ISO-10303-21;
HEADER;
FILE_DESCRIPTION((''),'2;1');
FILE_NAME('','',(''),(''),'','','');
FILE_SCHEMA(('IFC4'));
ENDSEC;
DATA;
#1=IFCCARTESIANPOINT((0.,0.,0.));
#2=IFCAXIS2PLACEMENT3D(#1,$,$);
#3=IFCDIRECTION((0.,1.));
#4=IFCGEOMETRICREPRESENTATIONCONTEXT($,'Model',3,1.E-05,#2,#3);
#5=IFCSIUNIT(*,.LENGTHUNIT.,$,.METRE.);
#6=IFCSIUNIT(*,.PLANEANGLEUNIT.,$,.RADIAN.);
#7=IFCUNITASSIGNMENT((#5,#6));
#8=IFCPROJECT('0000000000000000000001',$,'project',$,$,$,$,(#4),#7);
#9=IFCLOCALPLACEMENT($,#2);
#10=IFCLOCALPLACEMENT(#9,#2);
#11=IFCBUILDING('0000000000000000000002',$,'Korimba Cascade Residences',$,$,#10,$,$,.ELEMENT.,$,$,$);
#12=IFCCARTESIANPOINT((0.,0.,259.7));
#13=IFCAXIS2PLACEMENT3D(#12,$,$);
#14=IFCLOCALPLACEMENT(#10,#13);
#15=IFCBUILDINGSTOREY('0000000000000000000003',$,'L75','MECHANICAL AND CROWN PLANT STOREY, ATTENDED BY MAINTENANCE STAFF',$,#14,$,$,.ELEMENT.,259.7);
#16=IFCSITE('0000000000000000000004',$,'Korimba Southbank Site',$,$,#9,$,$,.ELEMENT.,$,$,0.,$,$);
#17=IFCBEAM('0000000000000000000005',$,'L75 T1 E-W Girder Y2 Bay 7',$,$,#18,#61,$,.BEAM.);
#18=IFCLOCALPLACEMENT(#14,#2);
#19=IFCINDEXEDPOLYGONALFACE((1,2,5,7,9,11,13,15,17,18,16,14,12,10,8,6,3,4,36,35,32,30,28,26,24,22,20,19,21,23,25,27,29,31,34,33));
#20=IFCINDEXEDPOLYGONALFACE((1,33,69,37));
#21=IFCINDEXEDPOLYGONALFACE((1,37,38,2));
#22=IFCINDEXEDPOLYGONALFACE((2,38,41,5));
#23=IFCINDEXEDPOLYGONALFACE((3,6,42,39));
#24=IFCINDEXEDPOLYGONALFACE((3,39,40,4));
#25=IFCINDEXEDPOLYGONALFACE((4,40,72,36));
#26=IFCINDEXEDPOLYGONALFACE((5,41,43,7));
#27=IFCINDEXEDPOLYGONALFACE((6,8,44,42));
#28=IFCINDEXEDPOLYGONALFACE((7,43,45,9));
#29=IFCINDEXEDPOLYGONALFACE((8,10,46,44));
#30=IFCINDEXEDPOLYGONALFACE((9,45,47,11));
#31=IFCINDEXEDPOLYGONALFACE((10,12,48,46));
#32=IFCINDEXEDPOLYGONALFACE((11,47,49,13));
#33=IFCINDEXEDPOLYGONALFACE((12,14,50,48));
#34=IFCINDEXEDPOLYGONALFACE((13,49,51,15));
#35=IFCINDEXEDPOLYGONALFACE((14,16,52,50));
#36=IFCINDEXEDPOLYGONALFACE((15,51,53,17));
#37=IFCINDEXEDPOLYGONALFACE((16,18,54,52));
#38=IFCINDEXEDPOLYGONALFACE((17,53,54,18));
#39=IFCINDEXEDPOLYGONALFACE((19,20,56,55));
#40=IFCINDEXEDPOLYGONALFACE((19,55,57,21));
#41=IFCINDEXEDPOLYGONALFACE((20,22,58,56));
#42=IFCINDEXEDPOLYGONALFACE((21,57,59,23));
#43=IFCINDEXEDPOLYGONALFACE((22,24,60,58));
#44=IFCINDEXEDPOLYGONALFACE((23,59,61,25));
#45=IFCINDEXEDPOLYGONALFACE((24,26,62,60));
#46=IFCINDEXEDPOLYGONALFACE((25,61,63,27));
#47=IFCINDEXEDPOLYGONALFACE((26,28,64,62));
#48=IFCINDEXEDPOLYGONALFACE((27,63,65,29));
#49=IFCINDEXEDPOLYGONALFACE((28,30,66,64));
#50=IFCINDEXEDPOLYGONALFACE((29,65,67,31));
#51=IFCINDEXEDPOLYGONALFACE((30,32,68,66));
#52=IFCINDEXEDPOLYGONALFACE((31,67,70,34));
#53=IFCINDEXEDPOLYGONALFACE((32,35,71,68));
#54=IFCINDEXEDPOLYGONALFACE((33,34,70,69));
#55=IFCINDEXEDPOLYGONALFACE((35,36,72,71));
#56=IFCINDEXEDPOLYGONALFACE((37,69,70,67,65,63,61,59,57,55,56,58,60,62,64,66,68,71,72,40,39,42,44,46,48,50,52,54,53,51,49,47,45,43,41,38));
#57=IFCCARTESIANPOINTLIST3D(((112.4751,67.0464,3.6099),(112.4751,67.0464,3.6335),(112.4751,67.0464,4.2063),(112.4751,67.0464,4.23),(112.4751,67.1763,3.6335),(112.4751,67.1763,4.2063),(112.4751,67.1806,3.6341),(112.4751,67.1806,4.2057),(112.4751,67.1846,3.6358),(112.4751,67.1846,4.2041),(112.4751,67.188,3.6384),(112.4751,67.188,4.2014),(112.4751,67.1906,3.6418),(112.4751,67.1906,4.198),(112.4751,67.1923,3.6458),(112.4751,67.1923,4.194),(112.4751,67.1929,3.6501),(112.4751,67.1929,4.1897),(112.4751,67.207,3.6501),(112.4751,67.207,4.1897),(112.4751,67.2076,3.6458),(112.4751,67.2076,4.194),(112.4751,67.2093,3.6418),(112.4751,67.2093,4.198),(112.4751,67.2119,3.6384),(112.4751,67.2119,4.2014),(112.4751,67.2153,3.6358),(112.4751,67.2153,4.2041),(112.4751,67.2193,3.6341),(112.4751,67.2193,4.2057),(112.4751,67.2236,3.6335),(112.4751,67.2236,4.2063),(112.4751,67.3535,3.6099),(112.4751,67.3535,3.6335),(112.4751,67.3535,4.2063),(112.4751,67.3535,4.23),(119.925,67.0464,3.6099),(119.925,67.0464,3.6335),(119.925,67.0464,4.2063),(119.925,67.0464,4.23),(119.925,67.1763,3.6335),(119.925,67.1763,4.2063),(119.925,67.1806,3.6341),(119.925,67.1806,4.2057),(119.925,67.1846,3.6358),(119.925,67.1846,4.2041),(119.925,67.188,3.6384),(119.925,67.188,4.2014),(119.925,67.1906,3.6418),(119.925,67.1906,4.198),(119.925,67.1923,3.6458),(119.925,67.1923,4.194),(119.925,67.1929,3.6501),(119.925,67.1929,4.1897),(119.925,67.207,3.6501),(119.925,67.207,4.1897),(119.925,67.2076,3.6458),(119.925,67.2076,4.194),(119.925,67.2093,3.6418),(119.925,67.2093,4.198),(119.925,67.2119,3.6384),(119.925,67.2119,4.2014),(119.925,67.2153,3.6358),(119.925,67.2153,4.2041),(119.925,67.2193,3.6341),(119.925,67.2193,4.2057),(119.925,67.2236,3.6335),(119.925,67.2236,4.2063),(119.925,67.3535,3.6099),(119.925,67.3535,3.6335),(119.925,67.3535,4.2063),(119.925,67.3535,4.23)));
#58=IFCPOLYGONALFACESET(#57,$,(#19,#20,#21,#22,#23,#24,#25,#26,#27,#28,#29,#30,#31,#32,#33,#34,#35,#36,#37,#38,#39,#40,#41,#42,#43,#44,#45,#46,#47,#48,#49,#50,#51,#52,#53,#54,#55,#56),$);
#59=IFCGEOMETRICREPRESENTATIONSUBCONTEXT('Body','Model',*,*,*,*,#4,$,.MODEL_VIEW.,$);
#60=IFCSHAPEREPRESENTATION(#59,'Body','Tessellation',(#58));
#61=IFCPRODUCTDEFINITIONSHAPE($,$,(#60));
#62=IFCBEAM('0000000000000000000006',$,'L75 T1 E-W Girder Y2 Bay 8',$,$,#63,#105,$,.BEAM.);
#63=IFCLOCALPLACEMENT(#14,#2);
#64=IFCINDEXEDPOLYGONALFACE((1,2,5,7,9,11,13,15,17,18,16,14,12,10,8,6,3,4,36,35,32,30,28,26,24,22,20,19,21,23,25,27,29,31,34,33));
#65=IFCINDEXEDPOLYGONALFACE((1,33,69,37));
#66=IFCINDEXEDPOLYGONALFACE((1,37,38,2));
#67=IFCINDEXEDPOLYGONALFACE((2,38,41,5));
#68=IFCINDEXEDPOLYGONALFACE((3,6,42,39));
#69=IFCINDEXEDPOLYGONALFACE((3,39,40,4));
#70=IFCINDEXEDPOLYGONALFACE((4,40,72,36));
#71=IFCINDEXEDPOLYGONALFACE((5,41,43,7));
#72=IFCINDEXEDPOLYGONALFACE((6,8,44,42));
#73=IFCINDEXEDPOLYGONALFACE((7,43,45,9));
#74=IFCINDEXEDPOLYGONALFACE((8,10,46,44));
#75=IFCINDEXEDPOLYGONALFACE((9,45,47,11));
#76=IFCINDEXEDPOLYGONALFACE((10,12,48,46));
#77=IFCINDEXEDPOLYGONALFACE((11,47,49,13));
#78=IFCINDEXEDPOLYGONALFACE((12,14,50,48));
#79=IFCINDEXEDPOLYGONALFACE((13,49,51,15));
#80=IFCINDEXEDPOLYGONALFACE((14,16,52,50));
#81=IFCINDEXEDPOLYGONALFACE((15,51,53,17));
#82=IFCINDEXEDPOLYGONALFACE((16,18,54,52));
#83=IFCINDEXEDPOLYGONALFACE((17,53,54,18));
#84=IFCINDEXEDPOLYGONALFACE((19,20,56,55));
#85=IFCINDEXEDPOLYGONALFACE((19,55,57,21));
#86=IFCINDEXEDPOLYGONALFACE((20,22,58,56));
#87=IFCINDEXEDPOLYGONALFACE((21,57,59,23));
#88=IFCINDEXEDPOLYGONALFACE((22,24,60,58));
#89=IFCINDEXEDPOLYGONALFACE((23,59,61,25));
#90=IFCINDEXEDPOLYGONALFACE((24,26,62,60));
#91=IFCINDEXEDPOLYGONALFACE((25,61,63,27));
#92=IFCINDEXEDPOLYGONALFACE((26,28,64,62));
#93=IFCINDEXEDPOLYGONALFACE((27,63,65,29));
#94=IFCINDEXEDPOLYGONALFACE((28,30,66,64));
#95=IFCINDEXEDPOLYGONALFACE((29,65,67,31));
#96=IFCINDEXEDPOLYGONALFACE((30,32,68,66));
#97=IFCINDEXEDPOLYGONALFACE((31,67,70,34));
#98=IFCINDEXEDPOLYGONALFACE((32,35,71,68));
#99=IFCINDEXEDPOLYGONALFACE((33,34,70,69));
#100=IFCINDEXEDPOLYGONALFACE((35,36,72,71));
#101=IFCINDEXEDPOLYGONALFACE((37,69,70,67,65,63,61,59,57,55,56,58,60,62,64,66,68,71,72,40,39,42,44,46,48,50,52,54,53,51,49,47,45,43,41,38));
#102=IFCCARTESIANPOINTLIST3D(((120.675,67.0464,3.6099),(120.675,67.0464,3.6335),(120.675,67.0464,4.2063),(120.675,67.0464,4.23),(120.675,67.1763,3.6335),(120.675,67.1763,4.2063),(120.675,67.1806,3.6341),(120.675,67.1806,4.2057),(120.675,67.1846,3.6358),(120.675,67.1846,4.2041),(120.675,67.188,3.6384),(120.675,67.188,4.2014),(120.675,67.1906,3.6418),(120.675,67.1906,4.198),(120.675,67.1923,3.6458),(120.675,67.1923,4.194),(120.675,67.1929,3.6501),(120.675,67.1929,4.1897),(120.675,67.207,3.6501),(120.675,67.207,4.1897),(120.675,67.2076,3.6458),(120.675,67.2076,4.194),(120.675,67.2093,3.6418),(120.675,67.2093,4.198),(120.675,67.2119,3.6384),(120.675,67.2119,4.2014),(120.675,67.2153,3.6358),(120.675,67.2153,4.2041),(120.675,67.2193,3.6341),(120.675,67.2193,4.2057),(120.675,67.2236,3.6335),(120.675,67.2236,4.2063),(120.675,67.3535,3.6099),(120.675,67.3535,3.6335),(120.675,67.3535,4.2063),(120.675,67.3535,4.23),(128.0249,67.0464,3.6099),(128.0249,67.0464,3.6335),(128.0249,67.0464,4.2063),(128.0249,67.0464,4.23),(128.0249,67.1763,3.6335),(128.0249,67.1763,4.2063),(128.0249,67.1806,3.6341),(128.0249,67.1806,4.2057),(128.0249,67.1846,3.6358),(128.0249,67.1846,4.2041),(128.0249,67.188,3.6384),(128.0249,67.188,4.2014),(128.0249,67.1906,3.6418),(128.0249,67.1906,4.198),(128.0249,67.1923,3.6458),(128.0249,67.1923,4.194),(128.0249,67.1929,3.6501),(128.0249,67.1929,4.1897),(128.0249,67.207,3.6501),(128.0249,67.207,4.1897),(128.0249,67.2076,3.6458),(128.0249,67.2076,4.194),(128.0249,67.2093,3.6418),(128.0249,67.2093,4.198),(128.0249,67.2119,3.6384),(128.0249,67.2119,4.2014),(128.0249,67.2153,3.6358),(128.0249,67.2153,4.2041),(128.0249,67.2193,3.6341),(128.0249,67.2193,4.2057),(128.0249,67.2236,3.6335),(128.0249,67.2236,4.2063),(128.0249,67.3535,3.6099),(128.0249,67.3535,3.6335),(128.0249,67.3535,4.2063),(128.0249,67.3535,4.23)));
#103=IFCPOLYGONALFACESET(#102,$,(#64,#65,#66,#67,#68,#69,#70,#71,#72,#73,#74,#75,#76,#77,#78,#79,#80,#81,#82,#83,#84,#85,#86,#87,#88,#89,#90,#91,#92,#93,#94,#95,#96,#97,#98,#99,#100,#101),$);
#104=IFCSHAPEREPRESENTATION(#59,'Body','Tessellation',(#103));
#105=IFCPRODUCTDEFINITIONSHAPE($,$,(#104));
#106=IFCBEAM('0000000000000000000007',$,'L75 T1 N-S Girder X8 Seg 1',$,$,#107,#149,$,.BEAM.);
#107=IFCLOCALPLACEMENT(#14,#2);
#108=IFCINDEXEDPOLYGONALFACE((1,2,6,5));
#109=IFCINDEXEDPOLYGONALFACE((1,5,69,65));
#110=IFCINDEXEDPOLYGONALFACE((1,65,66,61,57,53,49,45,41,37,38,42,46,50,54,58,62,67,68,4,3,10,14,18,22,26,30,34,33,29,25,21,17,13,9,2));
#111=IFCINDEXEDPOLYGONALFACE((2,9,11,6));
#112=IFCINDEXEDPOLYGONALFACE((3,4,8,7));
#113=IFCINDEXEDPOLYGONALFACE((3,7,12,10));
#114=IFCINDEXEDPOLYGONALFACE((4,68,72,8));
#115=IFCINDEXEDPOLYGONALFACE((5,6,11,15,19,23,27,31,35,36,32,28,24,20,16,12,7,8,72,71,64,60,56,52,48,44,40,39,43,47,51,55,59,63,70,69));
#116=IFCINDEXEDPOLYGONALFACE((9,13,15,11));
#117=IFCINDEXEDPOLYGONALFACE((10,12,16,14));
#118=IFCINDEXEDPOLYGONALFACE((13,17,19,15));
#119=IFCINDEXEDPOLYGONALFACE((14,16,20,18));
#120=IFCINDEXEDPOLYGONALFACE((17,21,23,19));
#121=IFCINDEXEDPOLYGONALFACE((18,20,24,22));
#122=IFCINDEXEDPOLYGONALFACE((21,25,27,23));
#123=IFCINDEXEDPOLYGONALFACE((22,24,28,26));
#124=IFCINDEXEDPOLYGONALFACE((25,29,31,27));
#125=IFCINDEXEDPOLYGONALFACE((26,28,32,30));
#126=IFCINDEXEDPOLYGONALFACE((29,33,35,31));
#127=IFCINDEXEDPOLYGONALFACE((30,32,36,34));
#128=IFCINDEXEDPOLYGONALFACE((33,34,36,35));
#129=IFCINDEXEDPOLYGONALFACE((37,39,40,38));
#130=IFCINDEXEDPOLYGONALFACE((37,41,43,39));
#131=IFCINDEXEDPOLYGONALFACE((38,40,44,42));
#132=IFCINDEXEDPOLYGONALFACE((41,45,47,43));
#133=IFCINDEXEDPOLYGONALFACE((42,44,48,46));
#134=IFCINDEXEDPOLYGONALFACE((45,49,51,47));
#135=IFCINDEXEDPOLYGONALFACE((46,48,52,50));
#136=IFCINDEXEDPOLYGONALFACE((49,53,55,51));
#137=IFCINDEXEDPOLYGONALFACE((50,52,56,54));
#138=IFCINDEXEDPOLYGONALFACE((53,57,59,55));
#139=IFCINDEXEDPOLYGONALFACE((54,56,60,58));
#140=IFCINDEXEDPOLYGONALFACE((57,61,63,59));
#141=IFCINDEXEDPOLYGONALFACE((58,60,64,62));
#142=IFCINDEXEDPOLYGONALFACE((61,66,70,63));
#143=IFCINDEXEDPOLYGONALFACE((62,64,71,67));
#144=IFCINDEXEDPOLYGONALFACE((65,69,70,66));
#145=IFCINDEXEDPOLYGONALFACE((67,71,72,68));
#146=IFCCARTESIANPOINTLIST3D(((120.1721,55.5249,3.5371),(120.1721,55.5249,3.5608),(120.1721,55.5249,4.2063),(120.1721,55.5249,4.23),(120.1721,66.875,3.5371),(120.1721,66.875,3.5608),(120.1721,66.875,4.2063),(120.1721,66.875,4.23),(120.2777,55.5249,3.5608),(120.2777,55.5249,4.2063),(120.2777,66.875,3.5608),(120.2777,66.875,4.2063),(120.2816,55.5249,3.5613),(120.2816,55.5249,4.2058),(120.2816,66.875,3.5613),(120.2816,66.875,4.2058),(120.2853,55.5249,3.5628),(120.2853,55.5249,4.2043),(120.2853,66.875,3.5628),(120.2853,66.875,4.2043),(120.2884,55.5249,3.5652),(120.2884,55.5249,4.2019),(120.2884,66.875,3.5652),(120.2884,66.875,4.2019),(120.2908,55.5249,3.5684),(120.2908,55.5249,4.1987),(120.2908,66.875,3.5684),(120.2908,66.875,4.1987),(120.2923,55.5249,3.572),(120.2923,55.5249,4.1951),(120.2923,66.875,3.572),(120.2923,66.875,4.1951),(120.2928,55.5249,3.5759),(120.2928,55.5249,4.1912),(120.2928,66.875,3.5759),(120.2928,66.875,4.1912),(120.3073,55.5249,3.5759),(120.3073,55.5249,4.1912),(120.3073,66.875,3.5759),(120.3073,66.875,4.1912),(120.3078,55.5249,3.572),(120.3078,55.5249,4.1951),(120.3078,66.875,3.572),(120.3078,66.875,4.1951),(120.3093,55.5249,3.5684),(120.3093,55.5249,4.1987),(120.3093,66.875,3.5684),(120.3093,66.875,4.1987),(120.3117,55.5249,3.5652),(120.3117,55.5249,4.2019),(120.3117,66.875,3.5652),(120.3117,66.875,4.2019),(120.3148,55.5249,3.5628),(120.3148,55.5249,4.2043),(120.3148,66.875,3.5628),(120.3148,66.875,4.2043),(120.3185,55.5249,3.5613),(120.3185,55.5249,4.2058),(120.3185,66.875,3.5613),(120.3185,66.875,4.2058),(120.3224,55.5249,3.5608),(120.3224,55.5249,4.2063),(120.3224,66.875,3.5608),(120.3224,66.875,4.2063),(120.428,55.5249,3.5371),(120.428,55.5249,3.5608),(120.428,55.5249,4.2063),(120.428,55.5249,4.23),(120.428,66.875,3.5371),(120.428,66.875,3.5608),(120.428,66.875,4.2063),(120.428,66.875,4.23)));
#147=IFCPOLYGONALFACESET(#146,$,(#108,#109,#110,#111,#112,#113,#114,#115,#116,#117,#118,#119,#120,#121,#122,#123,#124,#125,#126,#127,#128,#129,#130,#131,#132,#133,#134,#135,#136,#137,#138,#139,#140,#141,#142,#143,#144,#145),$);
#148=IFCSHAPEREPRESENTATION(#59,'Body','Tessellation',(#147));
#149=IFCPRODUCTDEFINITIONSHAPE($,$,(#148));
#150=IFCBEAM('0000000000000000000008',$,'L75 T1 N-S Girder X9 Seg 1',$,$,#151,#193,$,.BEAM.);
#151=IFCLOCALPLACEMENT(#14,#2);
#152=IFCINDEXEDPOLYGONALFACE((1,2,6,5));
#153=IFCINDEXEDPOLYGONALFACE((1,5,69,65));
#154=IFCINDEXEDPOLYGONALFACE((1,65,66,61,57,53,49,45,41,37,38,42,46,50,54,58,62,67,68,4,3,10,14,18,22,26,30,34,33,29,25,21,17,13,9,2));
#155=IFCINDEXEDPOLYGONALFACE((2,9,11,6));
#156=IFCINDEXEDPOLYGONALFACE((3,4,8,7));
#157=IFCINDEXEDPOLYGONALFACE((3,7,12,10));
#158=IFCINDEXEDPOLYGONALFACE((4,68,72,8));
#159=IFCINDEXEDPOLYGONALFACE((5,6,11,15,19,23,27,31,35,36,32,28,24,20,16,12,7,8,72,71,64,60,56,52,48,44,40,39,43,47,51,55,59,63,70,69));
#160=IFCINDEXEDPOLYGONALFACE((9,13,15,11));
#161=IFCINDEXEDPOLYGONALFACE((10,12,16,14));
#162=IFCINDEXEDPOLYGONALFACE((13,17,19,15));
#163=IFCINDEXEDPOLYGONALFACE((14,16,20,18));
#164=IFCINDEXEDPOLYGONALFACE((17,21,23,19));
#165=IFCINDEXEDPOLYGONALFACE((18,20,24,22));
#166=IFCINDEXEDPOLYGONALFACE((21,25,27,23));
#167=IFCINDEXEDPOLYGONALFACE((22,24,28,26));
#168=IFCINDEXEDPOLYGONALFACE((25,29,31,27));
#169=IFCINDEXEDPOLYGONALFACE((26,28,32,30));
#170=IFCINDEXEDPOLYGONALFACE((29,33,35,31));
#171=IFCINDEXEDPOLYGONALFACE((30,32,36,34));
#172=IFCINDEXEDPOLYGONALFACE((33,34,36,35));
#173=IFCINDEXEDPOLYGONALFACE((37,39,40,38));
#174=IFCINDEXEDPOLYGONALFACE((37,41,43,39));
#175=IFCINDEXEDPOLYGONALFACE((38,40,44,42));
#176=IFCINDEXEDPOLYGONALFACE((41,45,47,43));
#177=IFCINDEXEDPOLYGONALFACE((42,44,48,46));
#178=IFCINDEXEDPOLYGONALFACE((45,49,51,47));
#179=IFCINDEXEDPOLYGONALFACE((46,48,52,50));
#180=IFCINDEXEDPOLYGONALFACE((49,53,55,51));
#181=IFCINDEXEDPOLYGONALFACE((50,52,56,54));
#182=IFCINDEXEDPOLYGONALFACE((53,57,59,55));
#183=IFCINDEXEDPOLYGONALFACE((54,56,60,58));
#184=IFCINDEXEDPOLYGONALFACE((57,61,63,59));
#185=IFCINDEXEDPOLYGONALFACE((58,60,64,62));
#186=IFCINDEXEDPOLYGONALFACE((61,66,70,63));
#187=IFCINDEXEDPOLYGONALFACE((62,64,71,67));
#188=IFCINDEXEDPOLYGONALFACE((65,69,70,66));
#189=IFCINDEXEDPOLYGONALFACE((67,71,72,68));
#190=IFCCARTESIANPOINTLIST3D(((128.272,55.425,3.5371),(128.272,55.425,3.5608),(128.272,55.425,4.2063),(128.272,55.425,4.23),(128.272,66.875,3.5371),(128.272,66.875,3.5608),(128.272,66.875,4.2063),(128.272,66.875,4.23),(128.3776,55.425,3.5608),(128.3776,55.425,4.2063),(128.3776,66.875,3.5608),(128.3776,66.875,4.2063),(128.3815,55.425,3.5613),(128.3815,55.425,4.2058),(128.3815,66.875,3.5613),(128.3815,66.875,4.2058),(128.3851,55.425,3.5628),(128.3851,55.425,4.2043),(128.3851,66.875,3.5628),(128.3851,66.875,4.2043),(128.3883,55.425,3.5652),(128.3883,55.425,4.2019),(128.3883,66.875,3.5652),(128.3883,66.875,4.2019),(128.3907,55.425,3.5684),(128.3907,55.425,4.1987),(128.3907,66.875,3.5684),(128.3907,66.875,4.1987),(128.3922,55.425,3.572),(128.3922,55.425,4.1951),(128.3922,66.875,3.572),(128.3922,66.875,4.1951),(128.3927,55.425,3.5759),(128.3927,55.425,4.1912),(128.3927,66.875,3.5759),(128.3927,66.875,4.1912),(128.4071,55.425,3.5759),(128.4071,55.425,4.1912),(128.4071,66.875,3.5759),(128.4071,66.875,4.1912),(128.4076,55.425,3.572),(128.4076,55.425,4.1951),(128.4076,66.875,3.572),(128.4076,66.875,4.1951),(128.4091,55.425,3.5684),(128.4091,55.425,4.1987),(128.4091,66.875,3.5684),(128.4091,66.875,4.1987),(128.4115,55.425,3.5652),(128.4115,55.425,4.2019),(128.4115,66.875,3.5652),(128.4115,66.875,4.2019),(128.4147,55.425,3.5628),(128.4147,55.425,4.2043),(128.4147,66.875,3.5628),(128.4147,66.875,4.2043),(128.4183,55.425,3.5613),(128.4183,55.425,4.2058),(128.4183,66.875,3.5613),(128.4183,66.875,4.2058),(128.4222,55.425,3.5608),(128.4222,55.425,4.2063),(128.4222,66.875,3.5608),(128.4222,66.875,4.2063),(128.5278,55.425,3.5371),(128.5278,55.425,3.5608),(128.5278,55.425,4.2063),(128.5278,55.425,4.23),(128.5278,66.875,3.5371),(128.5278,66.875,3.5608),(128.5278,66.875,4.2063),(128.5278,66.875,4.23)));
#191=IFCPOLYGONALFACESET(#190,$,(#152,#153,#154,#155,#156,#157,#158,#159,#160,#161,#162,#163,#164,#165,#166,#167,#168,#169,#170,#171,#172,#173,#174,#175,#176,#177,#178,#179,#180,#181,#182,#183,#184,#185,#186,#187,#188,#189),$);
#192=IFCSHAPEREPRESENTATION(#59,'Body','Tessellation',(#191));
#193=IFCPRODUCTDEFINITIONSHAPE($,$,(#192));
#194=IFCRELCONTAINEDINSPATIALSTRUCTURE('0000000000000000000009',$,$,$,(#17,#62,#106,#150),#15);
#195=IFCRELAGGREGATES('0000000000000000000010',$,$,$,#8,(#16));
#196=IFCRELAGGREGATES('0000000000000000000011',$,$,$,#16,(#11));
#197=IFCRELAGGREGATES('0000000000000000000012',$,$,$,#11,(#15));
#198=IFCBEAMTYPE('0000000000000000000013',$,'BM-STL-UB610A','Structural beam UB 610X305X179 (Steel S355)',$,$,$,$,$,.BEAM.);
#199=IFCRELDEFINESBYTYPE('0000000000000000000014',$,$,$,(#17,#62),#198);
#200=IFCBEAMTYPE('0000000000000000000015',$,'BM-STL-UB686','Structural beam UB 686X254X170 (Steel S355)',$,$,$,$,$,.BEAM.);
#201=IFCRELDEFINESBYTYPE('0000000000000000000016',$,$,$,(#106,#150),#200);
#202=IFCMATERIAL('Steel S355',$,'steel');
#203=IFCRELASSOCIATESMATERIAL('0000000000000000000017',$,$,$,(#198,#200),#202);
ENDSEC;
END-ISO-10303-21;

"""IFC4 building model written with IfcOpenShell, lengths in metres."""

from ifc_helpers import new_model, si_unit, direction, frame, origin, origin_2d, place, context, subcontext, project, spatial, i_section, extrude, material, material_profile, profile_set, type_object, element, save


model = new_model("IFC4")

# Units and contexts
model_context = context("Model", 3, precision=1e-05, world=origin(), true_north=direction((0.0, 1.0)))
body_context = subcontext(model_context, "Body", "Model", "MODEL_VIEW")
ifc_project = project(units=[si_unit("LENGTHUNIT", "METRE"), si_unit("PLANEANGLEUNIT", "RADIAN")], contexts=[model_context])

# Site, building, storey
site_placement = place(None, origin())
site = spatial("IfcSite", under=ifc_project, at=site_placement, Name="Korimba Southbank Site", CompositionType="ELEMENT", RefElevation=0.0)
building_placement = place(site_placement, origin())
building = spatial("IfcBuilding", under=site, at=building_placement, Name="Korimba Cascade Residences", CompositionType="ELEMENT")
storey_placement = place(building_placement, frame((0.0, 0.0, 259.7)))
storey = spatial("IfcBuildingStorey", under=building, at=storey_placement, Name="L75", Description="MECHANICAL AND CROWN PLANT STOREY, ATTENDED BY MAINTENANCE STAFF", CompositionType="ELEMENT", Elevation=259.7)

# Beams
ifc_material_1 = material(Name="Steel S355", Category="steel")
ifc_material_profile_1 = material_profile(ifc_material_1, i_section(OverallWidth=0.3071, OverallDepth=0.6201, WebThickness=0.0142, FlangeThickness=0.0237, FilletRadius=0.0166, at=origin_2d()), Name="Steel S355")
ifc_profile_set_1 = profile_set([ifc_material_profile_1], Name="Steel S355")
beam_type_1 = type_object("IfcBeamType", Name="BM-STL-UB610A", Description="Structural beam UB 610X305X179 (Steel S355)", PredefinedType="BEAM", material=ifc_profile_set_1)
beam_1_placement = place(storey_placement, frame((112.4751, 67.2, 3.9199), z_axis=(1.0, 0.0, 0.0), x_axis=(0.0, 1.0, 0.0)))
element("IfcBeam", 1, at=beam_1_placement, inside=storey, type_object=beam_type_1, Name="L75 T1 E-W Girder Y2 Bay 7", PredefinedType="BEAM", context=body_context, shape_type="SweptSolid", body=[
    extrude(i_section(OverallWidth=0.3071, OverallDepth=0.6201, WebThickness=0.0142, FlangeThickness=0.0237, FilletRadius=0.0166, at=origin_2d()), origin(), (0.0, 0.0, 1.0), 7.45),
])
beam_2_placement = place(storey_placement, frame((120.675, 67.2, 3.9199), z_axis=(1.0, 0.0, 0.0), x_axis=(0.0, 1.0, 0.0)))
element("IfcBeam", 2, at=beam_2_placement, inside=storey, type_object=beam_type_1, Name="L75 T1 E-W Girder Y2 Bay 8", PredefinedType="BEAM", context=body_context, shape_type="SweptSolid", body=[
    extrude(i_section(OverallWidth=0.3071, OverallDepth=0.6201, WebThickness=0.0142, FlangeThickness=0.0237, FilletRadius=0.0166, at=origin_2d()), origin(), (0.0, 0.0, 1.0), 7.3499),
])
ifc_material_profile_2 = material_profile(ifc_material_1, i_section(OverallWidth=0.2559, OverallDepth=0.6929, WebThickness=0.0144, FlangeThickness=0.0237, FilletRadius=0.0151, at=origin_2d()), Name="Steel S355")
ifc_profile_set_2 = profile_set([ifc_material_profile_2], Name="Steel S355")
beam_type_2 = type_object("IfcBeamType", Name="BM-STL-UB686", Description="Structural beam UB 686X254X170 (Steel S355)", PredefinedType="BEAM", material=ifc_profile_set_2)
beam_3_placement = place(storey_placement, frame((120.3, 55.5249, 3.8835), z_axis=(0.0, 1.0, 0.0), x_axis=(-1.0, 0.0, 0.0)))
element("IfcBeam", 3, at=beam_3_placement, inside=storey, type_object=beam_type_2, Name="L75 T1 N-S Girder X8 Seg 1", PredefinedType="BEAM", context=body_context, shape_type="SweptSolid", body=[
    extrude(i_section(OverallWidth=0.2559, OverallDepth=0.6929, WebThickness=0.0144, FlangeThickness=0.0237, FilletRadius=0.0151, at=origin_2d()), origin(), (0.0, 0.0, 1.0), 11.3501),
])
beam_4_placement = place(storey_placement, frame((128.3999, 55.425, 3.8835), z_axis=(0.0, 1.0, 0.0), x_axis=(-1.0, 0.0, 0.0)))
element("IfcBeam", 4, at=beam_4_placement, inside=storey, type_object=beam_type_2, Name="L75 T1 N-S Girder X9 Seg 1", PredefinedType="BEAM", context=body_context, shape_type="SweptSolid", body=[
    extrude(i_section(OverallWidth=0.2559, OverallDepth=0.6929, WebThickness=0.0144, FlangeThickness=0.0237, FilletRadius=0.0151, at=origin_2d()), origin(), (0.0, 0.0, 1.0), 11.45),
])

save(model, "model.ifc")
